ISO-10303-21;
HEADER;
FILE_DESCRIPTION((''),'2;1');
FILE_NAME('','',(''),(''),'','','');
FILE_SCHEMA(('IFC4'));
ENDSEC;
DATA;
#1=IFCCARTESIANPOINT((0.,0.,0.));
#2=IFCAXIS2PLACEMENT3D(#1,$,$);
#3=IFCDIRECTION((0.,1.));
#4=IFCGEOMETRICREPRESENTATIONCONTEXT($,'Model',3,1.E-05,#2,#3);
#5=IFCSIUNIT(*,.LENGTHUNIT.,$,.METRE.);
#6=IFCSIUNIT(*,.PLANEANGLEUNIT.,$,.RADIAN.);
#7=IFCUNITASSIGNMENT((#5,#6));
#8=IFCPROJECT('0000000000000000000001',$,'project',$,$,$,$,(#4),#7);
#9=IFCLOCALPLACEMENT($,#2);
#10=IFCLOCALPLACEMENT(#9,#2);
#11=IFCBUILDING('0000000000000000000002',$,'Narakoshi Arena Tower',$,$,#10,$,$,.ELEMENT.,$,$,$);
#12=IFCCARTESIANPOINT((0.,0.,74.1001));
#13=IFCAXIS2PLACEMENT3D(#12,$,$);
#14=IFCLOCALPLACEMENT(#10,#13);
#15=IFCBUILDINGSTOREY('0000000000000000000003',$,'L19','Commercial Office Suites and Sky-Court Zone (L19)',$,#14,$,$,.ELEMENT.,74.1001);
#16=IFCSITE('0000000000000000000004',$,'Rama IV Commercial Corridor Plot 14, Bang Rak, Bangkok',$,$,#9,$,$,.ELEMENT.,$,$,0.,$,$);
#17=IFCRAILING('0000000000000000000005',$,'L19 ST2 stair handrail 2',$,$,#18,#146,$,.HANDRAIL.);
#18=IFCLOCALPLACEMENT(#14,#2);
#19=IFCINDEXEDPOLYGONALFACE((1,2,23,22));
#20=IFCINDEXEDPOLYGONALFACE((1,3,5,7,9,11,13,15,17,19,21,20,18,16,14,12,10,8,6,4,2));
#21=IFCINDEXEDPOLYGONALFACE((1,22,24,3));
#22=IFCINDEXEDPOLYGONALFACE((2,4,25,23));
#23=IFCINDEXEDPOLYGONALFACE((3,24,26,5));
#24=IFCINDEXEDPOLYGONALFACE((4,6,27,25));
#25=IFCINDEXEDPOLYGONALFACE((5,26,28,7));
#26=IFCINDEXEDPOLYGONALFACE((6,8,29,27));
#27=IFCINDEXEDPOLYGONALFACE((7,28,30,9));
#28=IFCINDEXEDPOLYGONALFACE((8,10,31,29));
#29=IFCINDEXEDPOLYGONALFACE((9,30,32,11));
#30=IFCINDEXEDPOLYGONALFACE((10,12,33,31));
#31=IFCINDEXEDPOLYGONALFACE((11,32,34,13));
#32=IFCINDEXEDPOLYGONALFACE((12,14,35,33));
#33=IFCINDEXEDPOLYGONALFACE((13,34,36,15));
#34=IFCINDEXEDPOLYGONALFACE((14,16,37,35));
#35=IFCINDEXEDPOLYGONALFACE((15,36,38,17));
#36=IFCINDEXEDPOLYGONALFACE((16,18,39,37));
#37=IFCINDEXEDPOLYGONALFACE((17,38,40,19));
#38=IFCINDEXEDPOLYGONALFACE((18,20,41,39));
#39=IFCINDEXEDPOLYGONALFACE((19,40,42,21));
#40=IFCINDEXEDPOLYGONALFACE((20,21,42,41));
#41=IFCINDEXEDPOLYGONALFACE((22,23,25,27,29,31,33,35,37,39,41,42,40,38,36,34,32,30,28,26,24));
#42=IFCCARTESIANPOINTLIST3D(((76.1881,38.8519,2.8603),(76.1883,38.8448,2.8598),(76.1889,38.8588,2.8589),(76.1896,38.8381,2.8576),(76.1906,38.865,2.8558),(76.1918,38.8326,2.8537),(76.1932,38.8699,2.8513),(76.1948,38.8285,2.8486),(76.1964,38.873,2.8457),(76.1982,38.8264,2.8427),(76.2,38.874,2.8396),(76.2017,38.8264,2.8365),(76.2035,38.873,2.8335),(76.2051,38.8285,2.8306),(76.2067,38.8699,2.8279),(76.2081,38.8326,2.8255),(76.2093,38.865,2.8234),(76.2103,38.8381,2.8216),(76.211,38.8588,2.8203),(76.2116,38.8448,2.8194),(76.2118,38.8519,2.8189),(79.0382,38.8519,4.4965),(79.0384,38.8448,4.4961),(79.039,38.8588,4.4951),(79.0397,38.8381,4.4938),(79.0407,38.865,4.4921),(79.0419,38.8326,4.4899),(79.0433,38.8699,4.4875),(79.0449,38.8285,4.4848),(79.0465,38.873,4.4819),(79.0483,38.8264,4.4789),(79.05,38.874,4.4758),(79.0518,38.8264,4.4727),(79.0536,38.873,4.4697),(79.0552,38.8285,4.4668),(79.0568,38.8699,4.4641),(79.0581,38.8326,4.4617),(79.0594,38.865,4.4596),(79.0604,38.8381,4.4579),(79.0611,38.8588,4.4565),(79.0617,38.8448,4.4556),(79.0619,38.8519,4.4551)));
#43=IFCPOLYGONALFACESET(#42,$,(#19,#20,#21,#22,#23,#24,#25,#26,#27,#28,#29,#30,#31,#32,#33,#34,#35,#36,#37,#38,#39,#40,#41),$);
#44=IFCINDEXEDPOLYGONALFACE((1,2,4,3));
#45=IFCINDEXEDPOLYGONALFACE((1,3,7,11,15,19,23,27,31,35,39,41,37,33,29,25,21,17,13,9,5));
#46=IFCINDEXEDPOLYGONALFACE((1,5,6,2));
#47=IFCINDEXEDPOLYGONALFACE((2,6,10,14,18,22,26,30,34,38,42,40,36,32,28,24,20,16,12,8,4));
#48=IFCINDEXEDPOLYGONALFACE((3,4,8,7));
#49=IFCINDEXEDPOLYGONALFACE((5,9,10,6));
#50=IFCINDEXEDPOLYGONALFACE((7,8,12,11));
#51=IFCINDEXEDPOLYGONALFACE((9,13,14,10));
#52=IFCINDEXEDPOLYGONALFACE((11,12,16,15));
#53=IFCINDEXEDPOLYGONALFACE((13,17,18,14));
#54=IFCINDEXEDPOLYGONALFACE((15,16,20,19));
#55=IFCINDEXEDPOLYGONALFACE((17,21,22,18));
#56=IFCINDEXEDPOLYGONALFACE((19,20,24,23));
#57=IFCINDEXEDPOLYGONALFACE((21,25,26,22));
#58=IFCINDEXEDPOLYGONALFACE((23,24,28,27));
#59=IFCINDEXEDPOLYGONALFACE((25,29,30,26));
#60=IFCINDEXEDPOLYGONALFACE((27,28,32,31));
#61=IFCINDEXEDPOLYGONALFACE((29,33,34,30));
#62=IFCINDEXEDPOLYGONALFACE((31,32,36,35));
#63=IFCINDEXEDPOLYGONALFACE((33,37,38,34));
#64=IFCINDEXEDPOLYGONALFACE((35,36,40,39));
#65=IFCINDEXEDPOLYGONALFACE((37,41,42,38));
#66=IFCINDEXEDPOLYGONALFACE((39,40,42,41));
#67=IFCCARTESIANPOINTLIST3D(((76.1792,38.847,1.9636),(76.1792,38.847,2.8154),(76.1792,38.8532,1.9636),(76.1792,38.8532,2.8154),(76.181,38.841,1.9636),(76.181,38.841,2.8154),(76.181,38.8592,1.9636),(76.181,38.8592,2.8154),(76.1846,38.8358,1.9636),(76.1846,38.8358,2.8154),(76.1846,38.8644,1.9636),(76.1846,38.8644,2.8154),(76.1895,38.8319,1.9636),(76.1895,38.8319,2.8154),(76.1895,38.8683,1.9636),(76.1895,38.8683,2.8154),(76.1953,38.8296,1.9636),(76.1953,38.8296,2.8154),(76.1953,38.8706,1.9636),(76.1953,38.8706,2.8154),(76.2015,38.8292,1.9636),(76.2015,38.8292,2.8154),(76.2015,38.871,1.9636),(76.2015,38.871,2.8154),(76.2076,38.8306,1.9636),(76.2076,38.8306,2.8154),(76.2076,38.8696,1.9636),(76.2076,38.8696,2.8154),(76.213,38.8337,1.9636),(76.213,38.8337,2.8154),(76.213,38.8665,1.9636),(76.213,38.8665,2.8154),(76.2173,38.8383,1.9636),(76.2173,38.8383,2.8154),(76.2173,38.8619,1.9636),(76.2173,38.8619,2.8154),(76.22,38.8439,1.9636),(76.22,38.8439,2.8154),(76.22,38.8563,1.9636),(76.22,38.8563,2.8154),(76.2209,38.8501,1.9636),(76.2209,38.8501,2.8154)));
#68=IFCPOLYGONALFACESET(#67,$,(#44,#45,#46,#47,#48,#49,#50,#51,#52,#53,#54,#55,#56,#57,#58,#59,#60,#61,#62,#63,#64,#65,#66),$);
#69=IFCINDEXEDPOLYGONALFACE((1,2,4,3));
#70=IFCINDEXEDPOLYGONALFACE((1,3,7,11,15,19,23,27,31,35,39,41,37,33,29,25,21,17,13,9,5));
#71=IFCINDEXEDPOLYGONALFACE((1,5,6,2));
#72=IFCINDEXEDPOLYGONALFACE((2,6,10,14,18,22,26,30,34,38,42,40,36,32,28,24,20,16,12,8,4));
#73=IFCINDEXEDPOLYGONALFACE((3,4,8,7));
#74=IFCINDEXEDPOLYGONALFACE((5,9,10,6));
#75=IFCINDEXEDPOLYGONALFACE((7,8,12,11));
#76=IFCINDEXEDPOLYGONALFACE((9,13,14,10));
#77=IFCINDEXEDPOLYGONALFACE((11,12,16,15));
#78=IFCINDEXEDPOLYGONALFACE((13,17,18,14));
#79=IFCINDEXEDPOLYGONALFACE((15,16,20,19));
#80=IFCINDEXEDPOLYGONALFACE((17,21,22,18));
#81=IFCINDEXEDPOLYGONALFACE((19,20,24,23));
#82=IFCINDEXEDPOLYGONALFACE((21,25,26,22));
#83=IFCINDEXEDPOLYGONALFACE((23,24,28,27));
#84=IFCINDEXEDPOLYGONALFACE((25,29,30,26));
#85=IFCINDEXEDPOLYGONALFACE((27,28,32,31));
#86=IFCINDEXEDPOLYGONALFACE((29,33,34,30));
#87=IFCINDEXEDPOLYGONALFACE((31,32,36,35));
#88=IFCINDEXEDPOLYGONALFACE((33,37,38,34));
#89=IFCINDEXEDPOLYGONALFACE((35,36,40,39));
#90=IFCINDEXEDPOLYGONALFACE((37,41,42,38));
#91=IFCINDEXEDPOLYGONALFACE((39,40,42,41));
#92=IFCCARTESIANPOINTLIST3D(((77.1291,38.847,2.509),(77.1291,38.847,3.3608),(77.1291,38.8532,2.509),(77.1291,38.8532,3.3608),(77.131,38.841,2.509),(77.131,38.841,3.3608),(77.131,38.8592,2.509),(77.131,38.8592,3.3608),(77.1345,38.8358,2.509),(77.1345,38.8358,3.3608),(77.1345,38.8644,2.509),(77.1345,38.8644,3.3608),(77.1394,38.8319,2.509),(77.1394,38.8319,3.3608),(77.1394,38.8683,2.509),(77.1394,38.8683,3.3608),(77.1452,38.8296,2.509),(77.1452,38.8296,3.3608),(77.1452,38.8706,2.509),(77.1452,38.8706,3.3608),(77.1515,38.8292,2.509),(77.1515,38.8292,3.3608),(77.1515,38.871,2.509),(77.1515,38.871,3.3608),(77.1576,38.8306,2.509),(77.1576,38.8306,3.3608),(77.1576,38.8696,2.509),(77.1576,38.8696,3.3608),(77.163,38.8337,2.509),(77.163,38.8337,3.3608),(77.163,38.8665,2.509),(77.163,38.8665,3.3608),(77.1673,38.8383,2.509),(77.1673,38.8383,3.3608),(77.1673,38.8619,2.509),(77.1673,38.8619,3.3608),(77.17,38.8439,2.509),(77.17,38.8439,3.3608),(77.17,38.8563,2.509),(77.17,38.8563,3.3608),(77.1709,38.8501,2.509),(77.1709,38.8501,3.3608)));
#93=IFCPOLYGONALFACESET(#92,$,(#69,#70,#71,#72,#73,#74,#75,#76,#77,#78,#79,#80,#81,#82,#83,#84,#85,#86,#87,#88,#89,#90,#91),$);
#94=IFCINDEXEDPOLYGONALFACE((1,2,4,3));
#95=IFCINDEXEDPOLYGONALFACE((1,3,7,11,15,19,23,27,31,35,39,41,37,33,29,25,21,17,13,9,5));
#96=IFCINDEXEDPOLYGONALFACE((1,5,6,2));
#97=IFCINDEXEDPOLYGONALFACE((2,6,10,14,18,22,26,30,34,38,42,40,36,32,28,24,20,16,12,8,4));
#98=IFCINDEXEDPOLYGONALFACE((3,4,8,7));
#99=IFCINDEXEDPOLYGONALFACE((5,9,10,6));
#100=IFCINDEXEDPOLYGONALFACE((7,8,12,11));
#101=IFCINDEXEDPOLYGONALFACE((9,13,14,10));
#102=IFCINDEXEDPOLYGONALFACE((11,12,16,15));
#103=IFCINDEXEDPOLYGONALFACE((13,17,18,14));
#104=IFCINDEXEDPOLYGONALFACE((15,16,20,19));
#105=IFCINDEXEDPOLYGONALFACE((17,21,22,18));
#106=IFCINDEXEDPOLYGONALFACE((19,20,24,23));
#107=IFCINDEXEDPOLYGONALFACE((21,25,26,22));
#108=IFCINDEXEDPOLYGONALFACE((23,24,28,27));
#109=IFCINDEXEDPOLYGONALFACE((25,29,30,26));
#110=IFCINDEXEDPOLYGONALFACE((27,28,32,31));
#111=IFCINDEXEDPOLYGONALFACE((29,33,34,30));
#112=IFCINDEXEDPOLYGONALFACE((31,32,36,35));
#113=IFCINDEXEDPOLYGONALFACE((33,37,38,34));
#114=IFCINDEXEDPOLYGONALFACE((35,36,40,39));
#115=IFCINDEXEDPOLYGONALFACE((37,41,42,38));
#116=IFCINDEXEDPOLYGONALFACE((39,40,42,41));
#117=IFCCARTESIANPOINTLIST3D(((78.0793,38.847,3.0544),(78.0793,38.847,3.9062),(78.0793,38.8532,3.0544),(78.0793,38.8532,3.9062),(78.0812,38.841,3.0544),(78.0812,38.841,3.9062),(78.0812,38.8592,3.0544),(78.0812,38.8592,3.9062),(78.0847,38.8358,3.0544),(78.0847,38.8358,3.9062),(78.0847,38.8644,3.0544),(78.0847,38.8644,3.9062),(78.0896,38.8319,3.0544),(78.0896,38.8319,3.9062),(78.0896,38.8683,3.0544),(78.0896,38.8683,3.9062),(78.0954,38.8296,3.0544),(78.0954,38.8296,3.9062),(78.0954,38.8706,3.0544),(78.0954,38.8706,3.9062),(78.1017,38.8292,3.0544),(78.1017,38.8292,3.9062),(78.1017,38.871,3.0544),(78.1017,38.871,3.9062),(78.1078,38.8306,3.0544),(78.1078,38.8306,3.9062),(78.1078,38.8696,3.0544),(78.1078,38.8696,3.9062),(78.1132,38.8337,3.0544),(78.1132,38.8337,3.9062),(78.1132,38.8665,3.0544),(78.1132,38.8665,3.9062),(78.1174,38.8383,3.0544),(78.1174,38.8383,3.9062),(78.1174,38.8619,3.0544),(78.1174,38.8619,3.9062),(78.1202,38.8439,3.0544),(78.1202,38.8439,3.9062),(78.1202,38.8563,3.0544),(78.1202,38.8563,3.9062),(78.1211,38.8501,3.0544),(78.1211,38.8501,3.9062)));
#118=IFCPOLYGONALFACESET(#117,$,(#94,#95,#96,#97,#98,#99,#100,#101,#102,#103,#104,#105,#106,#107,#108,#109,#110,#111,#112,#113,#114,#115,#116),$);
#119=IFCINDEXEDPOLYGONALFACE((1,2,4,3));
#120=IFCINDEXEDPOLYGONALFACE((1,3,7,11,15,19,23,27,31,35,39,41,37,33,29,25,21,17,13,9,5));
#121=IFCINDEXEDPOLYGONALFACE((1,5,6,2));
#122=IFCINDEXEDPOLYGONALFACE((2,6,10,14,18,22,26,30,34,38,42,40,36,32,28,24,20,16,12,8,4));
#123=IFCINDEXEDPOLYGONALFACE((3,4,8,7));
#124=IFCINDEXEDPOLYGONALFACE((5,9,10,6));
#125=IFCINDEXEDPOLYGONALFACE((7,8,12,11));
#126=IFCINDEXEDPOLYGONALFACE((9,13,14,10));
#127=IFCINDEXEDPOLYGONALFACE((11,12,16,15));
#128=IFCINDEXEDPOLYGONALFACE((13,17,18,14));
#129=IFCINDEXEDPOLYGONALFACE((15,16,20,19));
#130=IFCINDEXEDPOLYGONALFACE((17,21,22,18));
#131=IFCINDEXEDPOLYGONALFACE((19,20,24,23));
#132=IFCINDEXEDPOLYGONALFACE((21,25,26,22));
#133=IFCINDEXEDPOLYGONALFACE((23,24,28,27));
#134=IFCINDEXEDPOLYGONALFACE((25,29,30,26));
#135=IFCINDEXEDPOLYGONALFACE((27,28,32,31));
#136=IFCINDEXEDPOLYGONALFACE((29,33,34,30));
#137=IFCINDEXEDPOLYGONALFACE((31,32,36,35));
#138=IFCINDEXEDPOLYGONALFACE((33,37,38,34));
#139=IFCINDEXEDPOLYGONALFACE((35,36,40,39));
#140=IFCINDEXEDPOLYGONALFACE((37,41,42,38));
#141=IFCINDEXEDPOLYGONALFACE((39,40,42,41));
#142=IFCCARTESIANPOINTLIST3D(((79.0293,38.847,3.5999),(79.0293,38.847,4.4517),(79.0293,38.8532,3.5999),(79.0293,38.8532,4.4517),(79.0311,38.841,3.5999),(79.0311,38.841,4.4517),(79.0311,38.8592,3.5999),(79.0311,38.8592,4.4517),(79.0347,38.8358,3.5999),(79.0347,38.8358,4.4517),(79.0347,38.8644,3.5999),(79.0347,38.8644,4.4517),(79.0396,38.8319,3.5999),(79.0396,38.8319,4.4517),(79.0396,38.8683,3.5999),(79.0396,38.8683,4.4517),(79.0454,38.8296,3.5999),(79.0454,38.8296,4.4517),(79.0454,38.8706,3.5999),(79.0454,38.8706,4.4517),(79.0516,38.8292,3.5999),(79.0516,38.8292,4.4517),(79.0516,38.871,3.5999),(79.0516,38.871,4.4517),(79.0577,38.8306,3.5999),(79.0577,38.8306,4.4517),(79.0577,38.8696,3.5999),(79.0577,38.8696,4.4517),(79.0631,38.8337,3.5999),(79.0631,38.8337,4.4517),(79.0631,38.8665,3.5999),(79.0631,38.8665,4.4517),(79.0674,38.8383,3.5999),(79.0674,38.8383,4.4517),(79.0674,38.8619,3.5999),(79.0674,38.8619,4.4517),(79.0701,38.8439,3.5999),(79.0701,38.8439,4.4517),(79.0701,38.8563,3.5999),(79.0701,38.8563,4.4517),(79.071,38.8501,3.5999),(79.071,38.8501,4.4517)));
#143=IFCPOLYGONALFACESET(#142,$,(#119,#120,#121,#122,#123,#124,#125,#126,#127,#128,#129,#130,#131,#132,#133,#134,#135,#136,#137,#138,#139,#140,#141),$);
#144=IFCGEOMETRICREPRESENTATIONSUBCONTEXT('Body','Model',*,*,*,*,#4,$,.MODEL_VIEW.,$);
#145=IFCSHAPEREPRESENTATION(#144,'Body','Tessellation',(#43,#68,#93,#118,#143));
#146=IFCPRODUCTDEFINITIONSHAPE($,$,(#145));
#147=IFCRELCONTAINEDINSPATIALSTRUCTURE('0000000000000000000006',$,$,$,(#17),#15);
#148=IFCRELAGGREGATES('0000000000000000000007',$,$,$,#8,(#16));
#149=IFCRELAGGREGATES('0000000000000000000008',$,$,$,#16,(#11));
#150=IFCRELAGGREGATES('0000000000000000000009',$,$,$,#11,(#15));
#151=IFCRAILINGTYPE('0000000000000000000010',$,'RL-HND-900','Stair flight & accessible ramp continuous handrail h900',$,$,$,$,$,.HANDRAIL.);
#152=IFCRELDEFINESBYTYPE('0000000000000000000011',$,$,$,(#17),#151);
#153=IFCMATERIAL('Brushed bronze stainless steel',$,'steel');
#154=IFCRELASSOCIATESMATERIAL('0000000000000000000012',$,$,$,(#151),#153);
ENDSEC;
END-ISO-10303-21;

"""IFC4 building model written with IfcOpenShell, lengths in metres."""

from ifc_helpers import new_model, si_unit, direction, frame, origin, origin_2d, place, context, subcontext, project, spatial, circle, extrude, material, type_object, element, save


model = new_model("IFC4")

# Units and contexts
model_context = context("Model", 3, precision=1e-05, world=origin(), true_north=direction((0.0, 1.0)))
body_context = subcontext(model_context, "Body", "Model", "MODEL_VIEW")
ifc_project = project(units=[si_unit("LENGTHUNIT", "METRE"), si_unit("PLANEANGLEUNIT", "RADIAN")], contexts=[model_context])

# Site, building, storey
site_placement = place(None, origin())
site = spatial("IfcSite", under=ifc_project, at=site_placement, Name="Rama IV Commercial Corridor Plot 14, Bang Rak, Bangkok", CompositionType="ELEMENT", RefElevation=0.0)
building_placement = place(site_placement, origin())
building = spatial("IfcBuilding", under=site, at=building_placement, Name="Narakoshi Arena Tower", CompositionType="ELEMENT")
storey_placement = place(building_placement, frame((0.0, 0.0, 74.1001)))
storey = spatial("IfcBuildingStorey", under=building, at=storey_placement, Name="L19", Description="Commercial Office Suites and Sky-Court Zone (L19)", CompositionType="ELEMENT", Elevation=74.1001)

# Railing
ifc_material_1 = material(Name="Brushed bronze stainless steel", Category="steel")
railing_type_1 = type_object("IfcRailingType", Name="RL-HND-900", Description="Stair flight & accessible ramp continuous handrail h900", PredefinedType="HANDRAIL", material=ifc_material_1)
railing_1_placement = place(storey_placement, frame((76.2, 38.8501, 1.9636)))
element("IfcRailing", 1, at=railing_1_placement, inside=storey, type_object=railing_type_1, Name="L19 ST2 stair handrail 2", PredefinedType="HANDRAIL", context=body_context, shape_type="SweptSolid", body=[
    extrude(circle(Radius=0.0239, at=origin_2d()), frame((0.0, 0.0, 0.876), z_axis=(0.867245, 0.0, 0.497882), x_axis=(0.0, 1.0, 0.0)), (0.0, 0.0, 1.0), 3.2864),
    extrude(circle(Radius=0.021, at=origin_2d()), origin(), (0.0, 0.0, 1.0), 0.8518),
    extrude(circle(Radius=0.021, at=origin_2d()), frame((0.95, 0.0, 0.5454)), (0.0, 0.0, 1.0), 0.8518),
    extrude(circle(Radius=0.021, at=origin_2d()), frame((1.9001, 0.0, 1.0908)), (0.0, 0.0, 1.0), 0.8518),
    extrude(circle(Radius=0.021, at=origin_2d()), frame((2.8501, 0.0, 1.6362)), (0.0, 0.0, 1.0), 0.8518),
])

save(model, "model.ifc")
